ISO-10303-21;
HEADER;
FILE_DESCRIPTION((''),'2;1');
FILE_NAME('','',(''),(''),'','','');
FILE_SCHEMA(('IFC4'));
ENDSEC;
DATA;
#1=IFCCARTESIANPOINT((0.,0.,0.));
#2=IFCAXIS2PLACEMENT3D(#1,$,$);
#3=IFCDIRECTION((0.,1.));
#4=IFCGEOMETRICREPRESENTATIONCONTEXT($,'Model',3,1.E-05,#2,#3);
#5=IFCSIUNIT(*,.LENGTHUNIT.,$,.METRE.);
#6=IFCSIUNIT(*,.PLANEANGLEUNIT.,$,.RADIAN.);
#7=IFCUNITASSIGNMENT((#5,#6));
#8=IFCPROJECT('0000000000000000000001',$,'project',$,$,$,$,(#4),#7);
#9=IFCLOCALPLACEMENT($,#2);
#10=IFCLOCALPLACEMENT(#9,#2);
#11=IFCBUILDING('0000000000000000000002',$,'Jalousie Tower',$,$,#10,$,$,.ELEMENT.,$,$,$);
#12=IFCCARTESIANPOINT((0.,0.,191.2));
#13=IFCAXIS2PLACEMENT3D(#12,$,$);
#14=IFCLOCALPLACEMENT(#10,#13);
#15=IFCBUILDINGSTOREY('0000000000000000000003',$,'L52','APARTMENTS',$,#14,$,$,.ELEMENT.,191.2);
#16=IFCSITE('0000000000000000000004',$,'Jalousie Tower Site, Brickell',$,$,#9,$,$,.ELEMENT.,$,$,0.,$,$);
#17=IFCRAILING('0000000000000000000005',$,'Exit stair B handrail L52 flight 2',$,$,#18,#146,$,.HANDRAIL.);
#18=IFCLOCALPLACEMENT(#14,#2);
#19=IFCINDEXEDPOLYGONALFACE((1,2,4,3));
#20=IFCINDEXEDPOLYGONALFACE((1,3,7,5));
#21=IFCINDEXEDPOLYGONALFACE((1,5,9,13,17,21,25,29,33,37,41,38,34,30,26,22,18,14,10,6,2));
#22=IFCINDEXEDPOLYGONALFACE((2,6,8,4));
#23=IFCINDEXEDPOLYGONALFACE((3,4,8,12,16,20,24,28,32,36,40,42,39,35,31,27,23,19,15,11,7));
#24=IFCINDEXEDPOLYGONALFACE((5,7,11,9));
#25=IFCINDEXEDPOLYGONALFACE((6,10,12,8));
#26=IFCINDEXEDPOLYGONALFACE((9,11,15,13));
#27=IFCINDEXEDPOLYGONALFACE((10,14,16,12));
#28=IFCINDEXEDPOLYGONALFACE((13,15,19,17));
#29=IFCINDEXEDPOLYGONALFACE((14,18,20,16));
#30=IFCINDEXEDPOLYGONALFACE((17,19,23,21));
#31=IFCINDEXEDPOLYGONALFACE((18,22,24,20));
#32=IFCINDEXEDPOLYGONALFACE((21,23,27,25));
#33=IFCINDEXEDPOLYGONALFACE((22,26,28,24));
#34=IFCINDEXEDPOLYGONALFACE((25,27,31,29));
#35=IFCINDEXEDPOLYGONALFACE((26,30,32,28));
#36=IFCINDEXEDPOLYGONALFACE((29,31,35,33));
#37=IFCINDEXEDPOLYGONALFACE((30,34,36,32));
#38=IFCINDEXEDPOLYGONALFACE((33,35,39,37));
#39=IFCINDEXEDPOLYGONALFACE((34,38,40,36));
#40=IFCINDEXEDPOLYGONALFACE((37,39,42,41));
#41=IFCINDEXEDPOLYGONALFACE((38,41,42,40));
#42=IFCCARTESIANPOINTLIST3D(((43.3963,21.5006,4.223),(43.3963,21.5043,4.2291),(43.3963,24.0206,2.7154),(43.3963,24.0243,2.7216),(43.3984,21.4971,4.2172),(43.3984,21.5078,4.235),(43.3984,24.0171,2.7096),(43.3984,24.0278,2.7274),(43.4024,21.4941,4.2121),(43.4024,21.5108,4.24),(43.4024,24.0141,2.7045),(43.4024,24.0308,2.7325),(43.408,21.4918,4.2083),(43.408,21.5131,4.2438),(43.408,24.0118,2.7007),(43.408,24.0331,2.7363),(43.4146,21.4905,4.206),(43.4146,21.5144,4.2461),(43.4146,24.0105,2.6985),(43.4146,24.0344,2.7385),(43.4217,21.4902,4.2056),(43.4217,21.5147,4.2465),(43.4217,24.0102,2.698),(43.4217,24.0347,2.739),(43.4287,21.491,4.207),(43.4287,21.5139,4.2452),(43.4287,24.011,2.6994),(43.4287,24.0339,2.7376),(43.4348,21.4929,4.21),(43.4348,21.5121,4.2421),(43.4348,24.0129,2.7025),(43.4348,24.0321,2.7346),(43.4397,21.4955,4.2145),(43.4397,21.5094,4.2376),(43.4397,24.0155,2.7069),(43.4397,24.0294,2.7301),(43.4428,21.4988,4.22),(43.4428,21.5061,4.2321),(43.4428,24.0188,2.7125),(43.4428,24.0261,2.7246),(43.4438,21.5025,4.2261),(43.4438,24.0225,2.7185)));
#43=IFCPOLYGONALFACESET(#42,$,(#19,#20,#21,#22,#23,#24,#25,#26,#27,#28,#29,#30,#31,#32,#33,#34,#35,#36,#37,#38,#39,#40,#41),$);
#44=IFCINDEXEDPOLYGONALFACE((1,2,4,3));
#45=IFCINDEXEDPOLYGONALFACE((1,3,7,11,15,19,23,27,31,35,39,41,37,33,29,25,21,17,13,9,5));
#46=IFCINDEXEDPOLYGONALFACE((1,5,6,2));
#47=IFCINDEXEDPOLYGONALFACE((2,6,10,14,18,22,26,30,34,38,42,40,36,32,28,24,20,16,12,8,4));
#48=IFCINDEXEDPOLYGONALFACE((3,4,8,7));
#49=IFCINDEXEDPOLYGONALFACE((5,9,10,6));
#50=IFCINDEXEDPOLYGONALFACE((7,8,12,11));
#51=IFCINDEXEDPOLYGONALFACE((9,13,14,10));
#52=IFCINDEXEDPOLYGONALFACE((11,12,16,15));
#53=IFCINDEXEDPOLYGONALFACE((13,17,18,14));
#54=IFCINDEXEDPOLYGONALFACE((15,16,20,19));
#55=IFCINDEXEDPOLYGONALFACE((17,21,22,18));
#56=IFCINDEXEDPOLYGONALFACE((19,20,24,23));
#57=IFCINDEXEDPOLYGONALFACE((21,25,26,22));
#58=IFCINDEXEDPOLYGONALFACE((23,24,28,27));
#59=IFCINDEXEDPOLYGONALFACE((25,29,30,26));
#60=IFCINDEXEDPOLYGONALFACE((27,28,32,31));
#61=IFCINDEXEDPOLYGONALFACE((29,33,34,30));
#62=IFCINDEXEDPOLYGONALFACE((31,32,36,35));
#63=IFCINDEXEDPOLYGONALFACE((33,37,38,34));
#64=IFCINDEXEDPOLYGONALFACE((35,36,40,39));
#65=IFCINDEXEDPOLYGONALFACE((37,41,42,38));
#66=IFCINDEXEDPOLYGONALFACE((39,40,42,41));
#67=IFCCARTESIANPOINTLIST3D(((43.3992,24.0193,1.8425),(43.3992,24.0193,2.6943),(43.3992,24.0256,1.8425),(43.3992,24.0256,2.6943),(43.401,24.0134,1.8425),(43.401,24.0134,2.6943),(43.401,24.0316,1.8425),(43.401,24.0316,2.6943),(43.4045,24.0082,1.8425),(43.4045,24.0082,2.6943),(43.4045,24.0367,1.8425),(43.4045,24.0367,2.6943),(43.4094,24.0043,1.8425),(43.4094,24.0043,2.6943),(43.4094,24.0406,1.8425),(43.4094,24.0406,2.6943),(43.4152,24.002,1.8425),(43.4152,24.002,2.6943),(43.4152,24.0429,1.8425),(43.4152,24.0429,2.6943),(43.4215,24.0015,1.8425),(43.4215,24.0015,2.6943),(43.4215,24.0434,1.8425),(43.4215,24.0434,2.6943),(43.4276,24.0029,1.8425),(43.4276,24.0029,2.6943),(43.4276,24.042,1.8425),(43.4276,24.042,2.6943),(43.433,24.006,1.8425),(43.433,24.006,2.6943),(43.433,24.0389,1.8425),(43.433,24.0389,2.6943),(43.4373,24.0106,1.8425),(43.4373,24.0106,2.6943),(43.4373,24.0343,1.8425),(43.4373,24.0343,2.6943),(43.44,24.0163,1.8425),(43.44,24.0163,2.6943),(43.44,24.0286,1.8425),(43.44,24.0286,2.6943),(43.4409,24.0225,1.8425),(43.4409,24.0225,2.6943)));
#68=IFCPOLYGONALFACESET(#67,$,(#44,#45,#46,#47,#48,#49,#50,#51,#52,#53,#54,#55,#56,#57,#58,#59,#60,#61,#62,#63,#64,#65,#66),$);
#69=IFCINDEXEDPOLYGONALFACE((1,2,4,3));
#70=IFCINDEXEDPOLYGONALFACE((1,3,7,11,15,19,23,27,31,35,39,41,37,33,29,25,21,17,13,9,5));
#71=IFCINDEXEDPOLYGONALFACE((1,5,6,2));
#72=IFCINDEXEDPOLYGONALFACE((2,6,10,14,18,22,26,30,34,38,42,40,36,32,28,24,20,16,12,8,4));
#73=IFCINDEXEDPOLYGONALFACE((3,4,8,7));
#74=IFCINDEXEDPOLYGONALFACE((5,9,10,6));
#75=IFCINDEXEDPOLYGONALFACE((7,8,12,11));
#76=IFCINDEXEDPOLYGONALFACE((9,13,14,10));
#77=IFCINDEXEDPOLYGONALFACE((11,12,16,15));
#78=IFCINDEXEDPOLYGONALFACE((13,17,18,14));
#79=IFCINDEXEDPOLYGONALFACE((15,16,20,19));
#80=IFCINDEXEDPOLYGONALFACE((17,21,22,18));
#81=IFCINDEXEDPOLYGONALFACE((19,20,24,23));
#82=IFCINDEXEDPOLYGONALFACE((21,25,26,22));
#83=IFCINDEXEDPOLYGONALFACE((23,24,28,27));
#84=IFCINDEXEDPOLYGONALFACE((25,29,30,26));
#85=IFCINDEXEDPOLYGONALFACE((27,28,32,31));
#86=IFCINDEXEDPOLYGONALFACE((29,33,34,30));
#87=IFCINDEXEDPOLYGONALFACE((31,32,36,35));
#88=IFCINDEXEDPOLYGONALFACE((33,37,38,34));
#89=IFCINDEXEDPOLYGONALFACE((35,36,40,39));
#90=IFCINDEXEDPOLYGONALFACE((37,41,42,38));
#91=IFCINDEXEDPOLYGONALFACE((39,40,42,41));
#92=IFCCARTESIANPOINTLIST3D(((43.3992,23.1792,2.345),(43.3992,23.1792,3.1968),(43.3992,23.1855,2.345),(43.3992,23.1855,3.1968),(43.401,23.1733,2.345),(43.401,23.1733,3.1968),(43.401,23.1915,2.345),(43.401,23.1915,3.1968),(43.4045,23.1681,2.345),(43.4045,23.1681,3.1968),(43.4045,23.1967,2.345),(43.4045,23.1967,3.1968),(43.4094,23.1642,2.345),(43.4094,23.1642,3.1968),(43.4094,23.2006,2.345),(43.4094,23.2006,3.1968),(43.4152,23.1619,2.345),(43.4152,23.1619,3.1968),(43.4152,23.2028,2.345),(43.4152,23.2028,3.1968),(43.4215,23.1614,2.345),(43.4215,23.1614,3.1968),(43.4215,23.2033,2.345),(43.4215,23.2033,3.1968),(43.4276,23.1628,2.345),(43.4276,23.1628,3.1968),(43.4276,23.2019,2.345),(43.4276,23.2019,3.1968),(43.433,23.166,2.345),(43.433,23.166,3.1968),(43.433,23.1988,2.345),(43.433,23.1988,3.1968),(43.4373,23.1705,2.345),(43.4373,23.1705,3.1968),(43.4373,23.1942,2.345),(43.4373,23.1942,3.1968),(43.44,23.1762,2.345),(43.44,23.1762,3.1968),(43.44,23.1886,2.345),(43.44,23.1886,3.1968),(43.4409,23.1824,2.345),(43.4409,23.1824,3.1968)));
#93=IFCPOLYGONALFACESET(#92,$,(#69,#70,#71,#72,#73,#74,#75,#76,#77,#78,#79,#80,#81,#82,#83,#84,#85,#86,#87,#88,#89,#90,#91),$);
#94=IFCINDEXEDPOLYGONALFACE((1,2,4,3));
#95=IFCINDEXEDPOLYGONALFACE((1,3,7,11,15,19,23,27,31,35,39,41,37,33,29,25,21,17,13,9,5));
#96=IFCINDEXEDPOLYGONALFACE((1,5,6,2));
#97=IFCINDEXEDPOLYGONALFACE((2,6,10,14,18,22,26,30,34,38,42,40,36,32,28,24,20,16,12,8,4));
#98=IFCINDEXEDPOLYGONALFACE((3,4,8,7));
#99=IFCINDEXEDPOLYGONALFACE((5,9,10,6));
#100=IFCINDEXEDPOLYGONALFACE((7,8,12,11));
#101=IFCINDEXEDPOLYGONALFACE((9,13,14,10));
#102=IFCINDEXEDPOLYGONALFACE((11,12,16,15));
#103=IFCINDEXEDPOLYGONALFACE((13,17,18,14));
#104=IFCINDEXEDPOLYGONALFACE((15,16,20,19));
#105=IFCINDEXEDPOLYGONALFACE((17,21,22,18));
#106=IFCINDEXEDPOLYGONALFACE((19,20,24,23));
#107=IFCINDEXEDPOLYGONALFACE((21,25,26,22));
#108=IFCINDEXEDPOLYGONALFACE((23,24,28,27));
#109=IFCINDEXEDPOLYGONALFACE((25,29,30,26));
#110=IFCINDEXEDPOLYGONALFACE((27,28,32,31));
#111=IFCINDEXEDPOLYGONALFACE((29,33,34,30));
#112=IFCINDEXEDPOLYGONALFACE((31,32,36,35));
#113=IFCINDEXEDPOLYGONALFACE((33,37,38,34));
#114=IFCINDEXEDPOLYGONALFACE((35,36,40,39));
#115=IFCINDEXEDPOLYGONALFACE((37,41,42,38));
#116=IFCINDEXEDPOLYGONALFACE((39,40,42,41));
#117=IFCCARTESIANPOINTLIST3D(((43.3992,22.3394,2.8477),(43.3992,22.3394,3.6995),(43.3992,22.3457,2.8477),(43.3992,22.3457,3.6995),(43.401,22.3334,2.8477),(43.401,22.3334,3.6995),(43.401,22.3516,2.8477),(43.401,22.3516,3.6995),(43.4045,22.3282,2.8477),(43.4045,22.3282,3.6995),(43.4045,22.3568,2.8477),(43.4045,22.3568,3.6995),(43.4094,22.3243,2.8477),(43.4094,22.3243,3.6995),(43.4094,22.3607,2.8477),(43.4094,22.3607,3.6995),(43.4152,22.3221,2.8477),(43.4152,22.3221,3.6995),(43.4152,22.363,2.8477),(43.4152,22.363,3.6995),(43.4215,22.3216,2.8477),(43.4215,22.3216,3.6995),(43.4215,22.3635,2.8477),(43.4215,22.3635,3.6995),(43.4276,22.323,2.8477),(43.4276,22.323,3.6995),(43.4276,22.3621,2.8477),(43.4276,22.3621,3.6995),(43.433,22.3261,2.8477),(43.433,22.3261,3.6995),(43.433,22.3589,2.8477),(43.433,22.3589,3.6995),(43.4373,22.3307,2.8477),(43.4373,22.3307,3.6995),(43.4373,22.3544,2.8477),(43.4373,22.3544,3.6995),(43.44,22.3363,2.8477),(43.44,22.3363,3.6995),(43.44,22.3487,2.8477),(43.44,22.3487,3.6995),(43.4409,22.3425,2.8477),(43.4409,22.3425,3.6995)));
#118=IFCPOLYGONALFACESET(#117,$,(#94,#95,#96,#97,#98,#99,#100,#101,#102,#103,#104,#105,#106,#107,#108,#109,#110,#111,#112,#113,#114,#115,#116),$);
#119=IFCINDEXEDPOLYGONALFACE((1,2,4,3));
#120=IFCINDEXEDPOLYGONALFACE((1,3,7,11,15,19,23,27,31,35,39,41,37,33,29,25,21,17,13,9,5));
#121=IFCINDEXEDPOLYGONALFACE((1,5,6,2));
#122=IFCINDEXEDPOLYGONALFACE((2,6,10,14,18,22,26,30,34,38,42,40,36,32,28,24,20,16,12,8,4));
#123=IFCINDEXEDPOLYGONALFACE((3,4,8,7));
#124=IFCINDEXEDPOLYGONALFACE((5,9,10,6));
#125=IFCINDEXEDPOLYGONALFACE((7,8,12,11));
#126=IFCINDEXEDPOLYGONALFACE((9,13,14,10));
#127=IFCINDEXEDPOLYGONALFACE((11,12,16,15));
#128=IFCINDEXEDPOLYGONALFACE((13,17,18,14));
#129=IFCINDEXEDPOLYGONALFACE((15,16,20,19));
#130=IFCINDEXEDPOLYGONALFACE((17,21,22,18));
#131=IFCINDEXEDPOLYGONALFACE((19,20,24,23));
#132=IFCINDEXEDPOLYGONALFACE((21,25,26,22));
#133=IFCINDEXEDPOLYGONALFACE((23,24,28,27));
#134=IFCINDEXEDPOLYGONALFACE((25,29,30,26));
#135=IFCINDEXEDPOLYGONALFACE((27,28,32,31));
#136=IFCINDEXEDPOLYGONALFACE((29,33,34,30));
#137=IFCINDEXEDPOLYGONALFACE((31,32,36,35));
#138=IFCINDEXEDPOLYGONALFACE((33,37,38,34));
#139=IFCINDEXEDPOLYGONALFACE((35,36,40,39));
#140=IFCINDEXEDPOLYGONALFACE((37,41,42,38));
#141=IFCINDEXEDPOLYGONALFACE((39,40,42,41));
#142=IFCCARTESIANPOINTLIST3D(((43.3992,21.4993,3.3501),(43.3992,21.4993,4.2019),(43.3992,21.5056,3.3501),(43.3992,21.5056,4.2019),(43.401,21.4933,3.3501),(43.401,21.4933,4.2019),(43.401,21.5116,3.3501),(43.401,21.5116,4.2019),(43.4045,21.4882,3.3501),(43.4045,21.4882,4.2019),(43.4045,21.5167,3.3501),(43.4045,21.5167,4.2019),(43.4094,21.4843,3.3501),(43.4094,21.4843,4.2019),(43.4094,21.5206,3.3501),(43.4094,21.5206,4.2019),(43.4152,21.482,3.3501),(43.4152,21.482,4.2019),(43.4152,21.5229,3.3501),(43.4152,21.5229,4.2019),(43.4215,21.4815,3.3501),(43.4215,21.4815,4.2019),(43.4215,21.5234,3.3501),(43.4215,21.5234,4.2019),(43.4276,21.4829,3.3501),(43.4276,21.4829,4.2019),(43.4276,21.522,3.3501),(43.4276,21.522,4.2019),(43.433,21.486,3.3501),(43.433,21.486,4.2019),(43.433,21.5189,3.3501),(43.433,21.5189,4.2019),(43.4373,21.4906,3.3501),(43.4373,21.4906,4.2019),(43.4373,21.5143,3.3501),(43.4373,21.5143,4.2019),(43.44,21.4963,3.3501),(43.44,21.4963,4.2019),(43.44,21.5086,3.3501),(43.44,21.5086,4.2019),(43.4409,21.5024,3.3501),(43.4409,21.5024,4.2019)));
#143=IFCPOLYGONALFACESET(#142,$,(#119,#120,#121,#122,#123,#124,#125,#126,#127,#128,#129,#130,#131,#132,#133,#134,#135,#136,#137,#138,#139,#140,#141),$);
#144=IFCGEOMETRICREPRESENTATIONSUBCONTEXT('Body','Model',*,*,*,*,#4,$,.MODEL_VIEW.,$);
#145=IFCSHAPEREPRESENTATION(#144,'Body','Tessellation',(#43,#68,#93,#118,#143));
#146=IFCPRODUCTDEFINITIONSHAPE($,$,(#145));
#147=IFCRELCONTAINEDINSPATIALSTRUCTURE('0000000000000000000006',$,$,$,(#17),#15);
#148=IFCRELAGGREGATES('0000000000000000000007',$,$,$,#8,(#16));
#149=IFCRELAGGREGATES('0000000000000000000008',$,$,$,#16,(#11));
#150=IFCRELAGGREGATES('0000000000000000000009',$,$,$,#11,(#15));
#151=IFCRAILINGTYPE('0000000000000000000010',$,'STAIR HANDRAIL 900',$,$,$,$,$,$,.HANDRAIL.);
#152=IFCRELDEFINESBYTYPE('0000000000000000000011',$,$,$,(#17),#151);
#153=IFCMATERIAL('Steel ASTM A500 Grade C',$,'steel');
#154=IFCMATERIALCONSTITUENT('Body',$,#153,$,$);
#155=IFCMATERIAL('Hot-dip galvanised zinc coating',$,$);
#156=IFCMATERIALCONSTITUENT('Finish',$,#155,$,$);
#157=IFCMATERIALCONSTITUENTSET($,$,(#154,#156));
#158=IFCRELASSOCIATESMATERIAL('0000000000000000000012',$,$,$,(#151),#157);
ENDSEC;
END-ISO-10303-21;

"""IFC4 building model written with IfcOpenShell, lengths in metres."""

from ifc_helpers import new_model, si_unit, direction, frame, origin, origin_2d, place, context, subcontext, project, spatial, circle, extrude, material, constituent, constituent_set, type_object, element, save


model = new_model("IFC4")

# Units and contexts
model_context = context("Model", 3, precision=1e-05, world=origin(), true_north=direction((0.0, 1.0)))
body_context = subcontext(model_context, "Body", "Model", "MODEL_VIEW")
ifc_project = project(units=[si_unit("LENGTHUNIT", "METRE"), si_unit("PLANEANGLEUNIT", "RADIAN")], contexts=[model_context])

# Site, building, storey
site_placement = place(None, origin())
site = spatial("IfcSite", under=ifc_project, at=site_placement, Name="Jalousie Tower Site, Brickell", CompositionType="ELEMENT", RefElevation=0.0)
building_placement = place(site_placement, origin())
building = spatial("IfcBuilding", under=site, at=building_placement, Name="Jalousie Tower", CompositionType="ELEMENT")
storey_placement = place(building_placement, frame((0.0, 0.0, 191.2)))
storey = spatial("IfcBuildingStorey", under=building, at=storey_placement, Name="L52", Description="APARTMENTS", CompositionType="ELEMENT", Elevation=191.2)

# Railing
ifc_material_1 = material(Name="Steel ASTM A500 Grade C", Category="steel")
ifc_constituent_1 = constituent(ifc_material_1, Name="Body")
ifc_material_2 = material(Name="Hot-dip galvanised zinc coating")
ifc_constituent_2 = constituent(ifc_material_2, Name="Finish")
ifc_constituent_set_1 = constituent_set(constituents=[ifc_constituent_1, ifc_constituent_2])
railing_type_1 = type_object("IfcRailingType", Name="STAIR HANDRAIL 900", PredefinedType="HANDRAIL", material=ifc_constituent_set_1)
railing_1_placement = place(storey_placement, frame((43.4199, 24.0225, 1.8425)))
element("IfcRailing", 1, at=railing_1_placement, inside=storey, type_object=railing_type_1, Name="Exit stair B handrail L52 flight 2", PredefinedType="HANDRAIL", context=body_context, shape_type="SweptSolid", body=[
    extrude(circle(Radius=0.0239, at=origin_2d()), frame((0.0, 0.0, 0.876), z_axis=(0.0, -0.85816, 0.513383), x_axis=(1.0, 0.0, 0.0)), (0.0, 0.0, 1.0), 2.9365),
    extrude(circle(Radius=0.021, at=origin_2d()), origin(), (0.0, 0.0, 1.0), 0.8518),
    extrude(circle(Radius=0.021, at=origin_2d()), frame((0.0, -0.8401, 0.5024)), (0.0, 0.0, 1.0), 0.8518),
    extrude(circle(Radius=0.021, at=origin_2d()), frame((0.0, -1.6799, 1.0051)), (0.0, 0.0, 1.0), 0.8518),
    extrude(circle(Radius=0.021, at=origin_2d()), frame((0.0, -2.52, 1.5076)), (0.0, 0.0, 1.0), 0.8518),
])

save(model, "model.ifc")
